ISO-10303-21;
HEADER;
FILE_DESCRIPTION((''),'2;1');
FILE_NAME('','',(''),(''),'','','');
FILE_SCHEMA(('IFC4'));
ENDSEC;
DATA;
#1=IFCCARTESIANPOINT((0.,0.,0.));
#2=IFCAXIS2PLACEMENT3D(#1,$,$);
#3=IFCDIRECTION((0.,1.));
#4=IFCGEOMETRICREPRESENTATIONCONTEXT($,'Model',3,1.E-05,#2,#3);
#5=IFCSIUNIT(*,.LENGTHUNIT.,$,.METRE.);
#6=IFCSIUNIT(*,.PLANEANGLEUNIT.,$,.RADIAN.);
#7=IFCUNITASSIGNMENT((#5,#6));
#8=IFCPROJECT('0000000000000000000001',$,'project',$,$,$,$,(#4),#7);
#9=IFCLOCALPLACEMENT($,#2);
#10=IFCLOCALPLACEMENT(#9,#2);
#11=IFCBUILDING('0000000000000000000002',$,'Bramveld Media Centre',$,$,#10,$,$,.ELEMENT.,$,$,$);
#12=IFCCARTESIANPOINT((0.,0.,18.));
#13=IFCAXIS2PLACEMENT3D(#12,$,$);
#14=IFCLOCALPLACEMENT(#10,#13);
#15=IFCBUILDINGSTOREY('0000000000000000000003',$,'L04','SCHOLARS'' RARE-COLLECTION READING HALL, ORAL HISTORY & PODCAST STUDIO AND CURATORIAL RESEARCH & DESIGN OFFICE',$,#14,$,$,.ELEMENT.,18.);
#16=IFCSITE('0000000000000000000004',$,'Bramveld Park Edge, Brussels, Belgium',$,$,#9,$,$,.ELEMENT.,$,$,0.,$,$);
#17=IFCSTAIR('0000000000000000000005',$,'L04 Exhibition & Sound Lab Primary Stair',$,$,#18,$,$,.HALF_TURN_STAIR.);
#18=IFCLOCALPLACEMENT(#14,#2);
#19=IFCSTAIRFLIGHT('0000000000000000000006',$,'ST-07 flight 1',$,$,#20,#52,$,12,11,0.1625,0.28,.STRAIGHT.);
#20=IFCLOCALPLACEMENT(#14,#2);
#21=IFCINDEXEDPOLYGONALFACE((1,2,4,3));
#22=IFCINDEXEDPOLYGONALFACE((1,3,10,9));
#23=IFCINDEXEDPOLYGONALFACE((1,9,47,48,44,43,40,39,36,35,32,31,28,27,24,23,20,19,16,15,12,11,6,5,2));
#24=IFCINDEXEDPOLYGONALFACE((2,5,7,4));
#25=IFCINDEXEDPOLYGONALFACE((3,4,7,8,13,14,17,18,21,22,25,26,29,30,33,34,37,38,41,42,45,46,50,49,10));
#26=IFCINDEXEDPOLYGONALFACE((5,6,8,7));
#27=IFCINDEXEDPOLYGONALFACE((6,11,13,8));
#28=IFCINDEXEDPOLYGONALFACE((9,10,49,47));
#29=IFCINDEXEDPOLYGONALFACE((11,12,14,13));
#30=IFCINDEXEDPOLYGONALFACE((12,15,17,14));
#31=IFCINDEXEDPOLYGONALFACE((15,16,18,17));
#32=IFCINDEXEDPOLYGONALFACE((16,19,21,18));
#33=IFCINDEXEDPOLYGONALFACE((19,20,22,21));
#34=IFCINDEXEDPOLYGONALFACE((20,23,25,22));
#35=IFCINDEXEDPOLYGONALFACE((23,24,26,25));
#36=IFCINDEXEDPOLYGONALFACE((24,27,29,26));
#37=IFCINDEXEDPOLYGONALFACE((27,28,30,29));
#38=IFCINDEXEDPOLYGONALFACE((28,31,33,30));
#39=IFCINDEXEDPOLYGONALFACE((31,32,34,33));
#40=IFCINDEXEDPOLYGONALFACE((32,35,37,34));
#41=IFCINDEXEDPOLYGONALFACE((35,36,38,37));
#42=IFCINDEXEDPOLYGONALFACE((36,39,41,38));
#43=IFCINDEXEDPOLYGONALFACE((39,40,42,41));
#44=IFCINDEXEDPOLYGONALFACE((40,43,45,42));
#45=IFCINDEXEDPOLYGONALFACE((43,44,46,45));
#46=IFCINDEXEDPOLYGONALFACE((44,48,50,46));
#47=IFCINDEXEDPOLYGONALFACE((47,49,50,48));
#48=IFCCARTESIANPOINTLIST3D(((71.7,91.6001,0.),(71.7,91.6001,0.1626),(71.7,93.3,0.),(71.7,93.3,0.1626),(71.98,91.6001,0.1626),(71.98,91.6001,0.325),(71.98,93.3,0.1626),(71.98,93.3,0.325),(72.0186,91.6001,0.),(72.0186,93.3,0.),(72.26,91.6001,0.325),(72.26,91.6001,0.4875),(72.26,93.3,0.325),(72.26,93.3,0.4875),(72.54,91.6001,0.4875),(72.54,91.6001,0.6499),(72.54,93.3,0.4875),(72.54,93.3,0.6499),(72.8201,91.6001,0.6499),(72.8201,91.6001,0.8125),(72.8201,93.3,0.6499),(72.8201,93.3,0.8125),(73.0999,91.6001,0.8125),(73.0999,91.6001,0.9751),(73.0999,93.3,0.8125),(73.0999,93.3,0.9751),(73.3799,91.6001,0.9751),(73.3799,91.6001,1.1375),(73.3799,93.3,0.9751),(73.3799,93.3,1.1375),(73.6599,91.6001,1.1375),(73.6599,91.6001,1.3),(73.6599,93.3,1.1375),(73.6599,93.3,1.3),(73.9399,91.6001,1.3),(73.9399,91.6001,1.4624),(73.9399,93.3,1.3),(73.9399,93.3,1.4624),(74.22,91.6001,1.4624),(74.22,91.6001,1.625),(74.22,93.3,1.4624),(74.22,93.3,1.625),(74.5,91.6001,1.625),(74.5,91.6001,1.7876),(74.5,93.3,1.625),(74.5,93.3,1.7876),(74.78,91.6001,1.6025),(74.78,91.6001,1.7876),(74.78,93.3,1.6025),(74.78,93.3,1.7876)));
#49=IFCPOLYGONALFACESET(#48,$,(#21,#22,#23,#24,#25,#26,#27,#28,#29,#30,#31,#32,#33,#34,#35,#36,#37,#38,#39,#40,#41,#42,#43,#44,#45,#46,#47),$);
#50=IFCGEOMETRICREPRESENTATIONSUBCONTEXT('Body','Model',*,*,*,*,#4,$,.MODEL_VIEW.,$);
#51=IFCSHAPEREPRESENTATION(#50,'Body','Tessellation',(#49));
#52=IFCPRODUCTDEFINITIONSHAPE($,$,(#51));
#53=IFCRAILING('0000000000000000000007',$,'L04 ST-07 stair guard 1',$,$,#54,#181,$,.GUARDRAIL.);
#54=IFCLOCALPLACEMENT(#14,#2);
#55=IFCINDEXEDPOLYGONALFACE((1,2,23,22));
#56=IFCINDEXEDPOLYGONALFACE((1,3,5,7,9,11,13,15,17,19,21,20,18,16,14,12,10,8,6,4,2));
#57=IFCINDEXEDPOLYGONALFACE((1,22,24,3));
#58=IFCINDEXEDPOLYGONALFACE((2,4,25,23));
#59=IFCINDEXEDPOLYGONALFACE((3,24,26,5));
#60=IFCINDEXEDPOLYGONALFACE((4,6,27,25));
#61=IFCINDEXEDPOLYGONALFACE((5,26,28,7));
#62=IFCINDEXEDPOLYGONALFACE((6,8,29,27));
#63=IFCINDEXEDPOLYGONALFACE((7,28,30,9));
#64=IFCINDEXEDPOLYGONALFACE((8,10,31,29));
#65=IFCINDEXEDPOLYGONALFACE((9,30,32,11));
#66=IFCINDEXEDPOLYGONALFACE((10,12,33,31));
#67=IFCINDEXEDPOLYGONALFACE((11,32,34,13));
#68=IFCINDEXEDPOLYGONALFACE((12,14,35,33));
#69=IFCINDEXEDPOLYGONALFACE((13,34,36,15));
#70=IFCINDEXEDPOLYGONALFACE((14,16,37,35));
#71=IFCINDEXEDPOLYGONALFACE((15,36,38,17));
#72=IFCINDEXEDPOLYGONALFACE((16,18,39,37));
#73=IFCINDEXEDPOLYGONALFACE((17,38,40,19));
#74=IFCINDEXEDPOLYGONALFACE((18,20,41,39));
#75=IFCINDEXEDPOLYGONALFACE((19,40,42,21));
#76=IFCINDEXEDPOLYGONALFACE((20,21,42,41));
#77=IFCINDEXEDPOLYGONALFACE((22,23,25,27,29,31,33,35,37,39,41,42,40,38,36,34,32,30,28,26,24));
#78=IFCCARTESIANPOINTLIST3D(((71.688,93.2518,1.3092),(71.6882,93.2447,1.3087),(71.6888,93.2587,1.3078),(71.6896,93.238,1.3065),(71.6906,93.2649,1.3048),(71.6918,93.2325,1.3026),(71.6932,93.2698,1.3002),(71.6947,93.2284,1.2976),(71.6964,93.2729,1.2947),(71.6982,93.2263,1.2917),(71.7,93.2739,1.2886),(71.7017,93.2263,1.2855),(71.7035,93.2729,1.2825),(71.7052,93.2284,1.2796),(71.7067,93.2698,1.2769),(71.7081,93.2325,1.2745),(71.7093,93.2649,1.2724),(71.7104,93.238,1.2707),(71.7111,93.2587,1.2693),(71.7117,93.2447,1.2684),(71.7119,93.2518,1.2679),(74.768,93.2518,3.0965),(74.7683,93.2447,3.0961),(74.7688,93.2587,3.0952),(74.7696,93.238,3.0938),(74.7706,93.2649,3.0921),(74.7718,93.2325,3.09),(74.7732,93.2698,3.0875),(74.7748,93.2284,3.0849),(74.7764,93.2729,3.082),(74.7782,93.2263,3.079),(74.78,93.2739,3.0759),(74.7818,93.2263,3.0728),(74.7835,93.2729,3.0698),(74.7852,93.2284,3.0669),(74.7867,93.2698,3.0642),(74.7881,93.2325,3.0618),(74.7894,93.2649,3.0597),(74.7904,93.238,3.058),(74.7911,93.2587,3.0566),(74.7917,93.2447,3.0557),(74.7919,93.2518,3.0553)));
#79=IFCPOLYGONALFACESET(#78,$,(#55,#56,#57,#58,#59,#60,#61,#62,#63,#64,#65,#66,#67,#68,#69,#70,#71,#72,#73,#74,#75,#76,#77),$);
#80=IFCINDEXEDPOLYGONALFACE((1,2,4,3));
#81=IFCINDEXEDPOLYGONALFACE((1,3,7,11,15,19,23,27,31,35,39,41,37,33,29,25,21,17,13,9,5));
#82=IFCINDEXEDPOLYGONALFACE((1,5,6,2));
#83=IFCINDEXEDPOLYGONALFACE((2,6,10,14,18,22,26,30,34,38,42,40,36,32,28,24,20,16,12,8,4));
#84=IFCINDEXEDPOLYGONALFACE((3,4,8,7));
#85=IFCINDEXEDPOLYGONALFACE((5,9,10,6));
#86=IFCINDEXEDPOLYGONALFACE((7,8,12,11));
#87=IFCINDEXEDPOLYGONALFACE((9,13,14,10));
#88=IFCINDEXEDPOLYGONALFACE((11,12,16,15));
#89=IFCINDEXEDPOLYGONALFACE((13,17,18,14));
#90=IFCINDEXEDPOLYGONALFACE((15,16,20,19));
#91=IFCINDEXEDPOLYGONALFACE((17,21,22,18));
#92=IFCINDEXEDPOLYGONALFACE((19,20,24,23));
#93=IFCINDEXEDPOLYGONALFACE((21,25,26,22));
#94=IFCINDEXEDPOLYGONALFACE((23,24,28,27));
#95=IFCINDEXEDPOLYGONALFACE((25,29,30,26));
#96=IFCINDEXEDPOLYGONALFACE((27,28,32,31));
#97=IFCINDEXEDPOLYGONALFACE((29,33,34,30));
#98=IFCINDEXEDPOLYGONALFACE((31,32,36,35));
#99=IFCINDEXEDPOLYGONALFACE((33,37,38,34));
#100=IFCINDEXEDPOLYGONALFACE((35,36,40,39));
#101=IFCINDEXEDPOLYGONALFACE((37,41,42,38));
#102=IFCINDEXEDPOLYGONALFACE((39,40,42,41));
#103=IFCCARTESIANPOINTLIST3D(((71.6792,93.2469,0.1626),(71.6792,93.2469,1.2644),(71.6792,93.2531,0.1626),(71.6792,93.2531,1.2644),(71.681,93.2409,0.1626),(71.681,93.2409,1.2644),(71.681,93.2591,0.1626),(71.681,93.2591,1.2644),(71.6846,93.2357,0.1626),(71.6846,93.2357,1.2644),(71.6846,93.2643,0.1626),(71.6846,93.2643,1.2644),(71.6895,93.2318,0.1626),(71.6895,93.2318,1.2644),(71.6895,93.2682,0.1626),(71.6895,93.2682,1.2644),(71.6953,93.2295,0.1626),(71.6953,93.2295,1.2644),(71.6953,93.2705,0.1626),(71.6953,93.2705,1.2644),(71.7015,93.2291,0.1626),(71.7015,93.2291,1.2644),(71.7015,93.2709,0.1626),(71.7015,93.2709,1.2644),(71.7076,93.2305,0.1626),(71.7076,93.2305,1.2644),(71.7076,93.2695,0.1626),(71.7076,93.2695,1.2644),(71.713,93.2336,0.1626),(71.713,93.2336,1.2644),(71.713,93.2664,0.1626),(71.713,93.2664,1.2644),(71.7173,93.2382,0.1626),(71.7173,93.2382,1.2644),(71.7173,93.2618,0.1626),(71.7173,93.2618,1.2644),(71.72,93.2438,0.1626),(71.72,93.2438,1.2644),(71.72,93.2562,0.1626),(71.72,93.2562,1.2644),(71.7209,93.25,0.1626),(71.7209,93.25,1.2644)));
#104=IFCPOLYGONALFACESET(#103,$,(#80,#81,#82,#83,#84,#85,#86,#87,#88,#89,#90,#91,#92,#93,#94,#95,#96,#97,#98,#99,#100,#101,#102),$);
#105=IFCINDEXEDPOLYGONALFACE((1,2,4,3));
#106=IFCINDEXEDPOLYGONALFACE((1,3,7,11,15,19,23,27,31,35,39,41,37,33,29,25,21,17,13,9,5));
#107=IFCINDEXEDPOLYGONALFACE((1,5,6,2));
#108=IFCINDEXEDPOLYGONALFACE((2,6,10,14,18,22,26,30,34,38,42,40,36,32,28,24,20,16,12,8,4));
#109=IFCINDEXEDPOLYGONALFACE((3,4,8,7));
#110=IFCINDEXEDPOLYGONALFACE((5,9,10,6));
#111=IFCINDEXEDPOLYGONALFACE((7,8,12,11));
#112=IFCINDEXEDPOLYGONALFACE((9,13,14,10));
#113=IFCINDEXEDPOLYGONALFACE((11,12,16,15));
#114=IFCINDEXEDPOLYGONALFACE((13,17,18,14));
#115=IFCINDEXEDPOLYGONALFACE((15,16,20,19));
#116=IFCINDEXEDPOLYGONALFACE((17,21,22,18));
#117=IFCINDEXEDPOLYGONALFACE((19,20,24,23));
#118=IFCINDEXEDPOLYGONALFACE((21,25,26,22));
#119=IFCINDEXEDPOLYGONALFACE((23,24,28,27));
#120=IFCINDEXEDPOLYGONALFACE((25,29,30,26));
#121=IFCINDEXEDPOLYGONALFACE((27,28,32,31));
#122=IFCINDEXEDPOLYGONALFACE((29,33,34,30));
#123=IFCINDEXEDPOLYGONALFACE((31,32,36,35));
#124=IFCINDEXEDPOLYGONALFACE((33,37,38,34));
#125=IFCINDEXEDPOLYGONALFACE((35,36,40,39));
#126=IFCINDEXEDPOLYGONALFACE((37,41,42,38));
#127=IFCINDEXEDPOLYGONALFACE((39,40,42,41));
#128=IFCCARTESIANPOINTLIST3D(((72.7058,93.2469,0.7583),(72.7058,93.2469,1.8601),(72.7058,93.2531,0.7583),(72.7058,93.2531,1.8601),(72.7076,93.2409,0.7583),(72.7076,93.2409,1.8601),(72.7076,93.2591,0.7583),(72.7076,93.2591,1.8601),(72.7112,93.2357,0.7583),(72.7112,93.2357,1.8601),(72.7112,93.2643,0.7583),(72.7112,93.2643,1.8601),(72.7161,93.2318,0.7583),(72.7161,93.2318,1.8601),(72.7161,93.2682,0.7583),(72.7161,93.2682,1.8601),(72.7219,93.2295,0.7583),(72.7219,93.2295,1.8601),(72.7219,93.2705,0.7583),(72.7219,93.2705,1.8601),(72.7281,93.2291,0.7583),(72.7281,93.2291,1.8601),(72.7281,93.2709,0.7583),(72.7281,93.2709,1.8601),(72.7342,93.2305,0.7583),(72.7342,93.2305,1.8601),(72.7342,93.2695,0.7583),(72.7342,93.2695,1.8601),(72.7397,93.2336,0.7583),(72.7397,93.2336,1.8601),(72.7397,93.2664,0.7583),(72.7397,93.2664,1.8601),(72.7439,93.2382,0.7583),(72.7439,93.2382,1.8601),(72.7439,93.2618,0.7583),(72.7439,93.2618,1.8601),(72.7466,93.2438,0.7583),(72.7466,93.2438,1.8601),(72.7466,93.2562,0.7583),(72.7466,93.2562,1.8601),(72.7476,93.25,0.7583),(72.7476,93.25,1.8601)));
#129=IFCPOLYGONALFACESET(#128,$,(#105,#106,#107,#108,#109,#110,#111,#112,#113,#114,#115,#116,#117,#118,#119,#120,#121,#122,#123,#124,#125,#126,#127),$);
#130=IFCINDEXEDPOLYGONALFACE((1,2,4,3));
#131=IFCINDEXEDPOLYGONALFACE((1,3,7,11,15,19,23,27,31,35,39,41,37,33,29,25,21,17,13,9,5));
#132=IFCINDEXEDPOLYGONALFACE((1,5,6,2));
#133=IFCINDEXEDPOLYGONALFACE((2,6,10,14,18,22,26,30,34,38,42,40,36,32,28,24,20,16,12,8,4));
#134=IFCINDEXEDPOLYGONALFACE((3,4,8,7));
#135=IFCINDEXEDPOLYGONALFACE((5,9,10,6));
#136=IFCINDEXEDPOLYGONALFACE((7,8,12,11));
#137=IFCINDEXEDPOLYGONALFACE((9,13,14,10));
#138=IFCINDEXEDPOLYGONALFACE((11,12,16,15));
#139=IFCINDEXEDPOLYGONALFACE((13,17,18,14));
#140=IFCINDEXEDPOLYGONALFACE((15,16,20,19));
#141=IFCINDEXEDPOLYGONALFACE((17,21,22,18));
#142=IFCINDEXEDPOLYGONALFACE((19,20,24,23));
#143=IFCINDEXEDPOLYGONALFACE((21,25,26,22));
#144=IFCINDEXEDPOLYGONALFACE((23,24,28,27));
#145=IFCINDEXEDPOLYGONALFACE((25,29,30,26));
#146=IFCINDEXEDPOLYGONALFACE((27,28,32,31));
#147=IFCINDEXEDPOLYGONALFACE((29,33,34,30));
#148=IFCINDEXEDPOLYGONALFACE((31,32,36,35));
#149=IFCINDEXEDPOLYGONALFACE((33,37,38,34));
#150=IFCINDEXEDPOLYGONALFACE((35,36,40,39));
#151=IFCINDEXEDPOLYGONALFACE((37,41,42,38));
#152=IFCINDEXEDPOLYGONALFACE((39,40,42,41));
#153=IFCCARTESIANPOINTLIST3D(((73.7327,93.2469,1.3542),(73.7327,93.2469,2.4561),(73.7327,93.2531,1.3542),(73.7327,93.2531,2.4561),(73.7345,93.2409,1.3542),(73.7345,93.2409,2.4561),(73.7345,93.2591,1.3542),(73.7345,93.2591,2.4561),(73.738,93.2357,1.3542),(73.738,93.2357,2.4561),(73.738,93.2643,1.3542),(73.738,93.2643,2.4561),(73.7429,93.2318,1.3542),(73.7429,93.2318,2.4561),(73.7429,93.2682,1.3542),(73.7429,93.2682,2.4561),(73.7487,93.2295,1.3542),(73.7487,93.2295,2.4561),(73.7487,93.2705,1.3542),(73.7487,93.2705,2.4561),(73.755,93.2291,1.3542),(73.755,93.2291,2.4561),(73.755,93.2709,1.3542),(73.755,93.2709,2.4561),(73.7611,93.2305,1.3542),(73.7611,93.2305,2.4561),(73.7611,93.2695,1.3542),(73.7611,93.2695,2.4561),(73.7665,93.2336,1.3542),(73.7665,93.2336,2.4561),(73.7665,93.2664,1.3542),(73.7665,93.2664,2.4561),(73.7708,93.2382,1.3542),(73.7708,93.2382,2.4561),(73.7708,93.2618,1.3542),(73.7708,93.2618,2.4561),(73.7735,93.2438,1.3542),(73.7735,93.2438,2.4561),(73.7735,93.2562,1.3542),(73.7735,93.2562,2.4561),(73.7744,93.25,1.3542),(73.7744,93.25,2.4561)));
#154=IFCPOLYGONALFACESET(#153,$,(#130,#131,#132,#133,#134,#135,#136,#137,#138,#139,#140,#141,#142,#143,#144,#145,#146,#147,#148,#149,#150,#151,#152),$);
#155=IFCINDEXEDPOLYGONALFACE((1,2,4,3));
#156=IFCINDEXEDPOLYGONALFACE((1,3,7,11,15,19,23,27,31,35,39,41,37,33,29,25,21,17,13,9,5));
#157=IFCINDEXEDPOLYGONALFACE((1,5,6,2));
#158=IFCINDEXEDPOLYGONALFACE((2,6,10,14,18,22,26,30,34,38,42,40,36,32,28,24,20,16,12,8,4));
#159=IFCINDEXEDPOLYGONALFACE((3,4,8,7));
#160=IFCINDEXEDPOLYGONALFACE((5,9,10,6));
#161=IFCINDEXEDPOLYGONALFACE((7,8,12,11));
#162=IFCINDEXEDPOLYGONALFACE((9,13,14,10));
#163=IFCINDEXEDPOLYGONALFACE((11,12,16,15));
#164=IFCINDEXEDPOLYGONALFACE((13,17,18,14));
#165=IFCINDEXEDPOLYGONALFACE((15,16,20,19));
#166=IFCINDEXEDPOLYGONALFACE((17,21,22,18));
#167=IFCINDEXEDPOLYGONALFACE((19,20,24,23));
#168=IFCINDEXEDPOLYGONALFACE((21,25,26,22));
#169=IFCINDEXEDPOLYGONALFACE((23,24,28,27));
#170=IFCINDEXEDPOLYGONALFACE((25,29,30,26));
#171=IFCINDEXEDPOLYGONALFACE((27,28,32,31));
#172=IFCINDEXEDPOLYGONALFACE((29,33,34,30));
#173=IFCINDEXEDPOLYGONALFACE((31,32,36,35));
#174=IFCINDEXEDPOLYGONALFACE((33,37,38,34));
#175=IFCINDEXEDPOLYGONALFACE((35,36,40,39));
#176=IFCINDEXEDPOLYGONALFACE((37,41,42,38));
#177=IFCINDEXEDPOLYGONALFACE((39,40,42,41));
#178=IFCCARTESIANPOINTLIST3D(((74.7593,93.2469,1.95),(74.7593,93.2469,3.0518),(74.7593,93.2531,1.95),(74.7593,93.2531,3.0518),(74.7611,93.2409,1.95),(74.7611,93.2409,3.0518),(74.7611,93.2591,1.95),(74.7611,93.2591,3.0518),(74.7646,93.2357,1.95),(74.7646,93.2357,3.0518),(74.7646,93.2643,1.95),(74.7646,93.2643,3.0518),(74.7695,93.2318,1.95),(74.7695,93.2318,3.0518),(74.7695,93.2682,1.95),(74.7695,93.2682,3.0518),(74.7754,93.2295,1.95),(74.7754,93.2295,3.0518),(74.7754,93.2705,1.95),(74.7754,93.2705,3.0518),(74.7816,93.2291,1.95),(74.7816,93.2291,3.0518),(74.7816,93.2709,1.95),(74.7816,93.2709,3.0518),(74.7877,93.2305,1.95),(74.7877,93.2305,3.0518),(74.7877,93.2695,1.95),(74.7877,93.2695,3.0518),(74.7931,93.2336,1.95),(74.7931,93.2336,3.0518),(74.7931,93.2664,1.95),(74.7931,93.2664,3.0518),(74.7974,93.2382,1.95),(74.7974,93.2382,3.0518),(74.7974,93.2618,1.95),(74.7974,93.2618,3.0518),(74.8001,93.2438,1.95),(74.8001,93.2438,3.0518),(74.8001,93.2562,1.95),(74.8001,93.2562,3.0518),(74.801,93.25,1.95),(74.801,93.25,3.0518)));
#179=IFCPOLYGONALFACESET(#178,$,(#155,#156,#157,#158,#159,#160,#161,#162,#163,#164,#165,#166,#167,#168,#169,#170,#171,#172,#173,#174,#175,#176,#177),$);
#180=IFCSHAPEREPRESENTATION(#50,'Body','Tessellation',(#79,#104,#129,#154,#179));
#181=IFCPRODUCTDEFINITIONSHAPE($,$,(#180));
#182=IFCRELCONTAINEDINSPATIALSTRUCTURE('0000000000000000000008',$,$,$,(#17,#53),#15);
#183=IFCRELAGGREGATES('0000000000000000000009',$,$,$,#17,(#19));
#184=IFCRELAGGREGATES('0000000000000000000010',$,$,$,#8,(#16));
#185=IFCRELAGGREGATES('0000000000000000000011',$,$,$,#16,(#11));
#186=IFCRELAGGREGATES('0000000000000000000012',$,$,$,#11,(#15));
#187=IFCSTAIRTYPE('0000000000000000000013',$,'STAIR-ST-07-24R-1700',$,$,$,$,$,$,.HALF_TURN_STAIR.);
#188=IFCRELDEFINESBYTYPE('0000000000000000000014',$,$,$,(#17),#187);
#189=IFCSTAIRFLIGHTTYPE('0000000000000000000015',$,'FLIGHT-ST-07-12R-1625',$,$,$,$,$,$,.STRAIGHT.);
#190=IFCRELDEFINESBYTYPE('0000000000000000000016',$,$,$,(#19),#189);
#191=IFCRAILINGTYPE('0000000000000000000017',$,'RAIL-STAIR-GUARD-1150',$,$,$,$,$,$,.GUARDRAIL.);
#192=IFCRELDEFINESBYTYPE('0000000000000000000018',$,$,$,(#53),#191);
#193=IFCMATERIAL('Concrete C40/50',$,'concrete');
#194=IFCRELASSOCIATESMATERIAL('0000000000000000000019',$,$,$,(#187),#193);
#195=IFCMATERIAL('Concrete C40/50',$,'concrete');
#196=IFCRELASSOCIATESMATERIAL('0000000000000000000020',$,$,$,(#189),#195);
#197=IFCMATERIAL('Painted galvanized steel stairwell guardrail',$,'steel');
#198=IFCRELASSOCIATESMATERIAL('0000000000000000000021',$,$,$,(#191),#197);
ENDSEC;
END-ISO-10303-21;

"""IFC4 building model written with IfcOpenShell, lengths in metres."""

from ifc_helpers import new_model, si_unit, direction, frame, origin, origin_2d, place, context, subcontext, project, spatial, polyline, circle, outline, extrude, material, type_object, element, aggregate, save


model = new_model("IFC4")

# Units and contexts
model_context = context("Model", 3, precision=1e-05, world=origin(), true_north=direction((0.0, 1.0)))
body_context = subcontext(model_context, "Body", "Model", "MODEL_VIEW")
ifc_project = project(units=[si_unit("LENGTHUNIT", "METRE"), si_unit("PLANEANGLEUNIT", "RADIAN")], contexts=[model_context])

# Site, building, storey
site_placement = place(None, origin())
site = spatial("IfcSite", under=ifc_project, at=site_placement, Name="Bramveld Park Edge, Brussels, Belgium", CompositionType="ELEMENT", RefElevation=0.0)
building_placement = place(site_placement, origin())
building = spatial("IfcBuilding", under=site, at=building_placement, Name="Bramveld Media Centre", CompositionType="ELEMENT")
storey_placement = place(building_placement, frame((0.0, 0.0, 18.0)))
storey = spatial("IfcBuildingStorey", under=building, at=storey_placement, Name="L04", Description="SCHOLARS' RARE-COLLECTION READING HALL, ORAL HISTORY & PODCAST STUDIO AND CURATORIAL RESEARCH & DESIGN OFFICE", CompositionType="ELEMENT", Elevation=18.0)

# Stair, stair flight
ifc_material_1 = material(Name="Concrete C40/50", Category="concrete")
stair_type = type_object("IfcStairType", Name="STAIR-ST-07-24R-1700", PredefinedType="HALF_TURN_STAIR", material=ifc_material_1)
stair_placement = place(storey_placement, origin())
stair = element("IfcStair", 1, at=stair_placement, inside=storey, type_object=stair_type, Name="L04 Exhibition & Sound Lab Primary Stair", PredefinedType="HALF_TURN_STAIR")
ifc_material_2 = material(Name="Concrete C40/50", Category="concrete")
stair_flight_type = type_object("IfcStairFlightType", Name="FLIGHT-ST-07-12R-1625", PredefinedType="STRAIGHT", material=ifc_material_2)
stair_flight_placement = place(storey_placement, frame((71.7, 92.45, 0.0), z_axis=(0.0, 0.0, 1.0), x_axis=(1.0, 0.0, 0.0)))
stair_flight = element("IfcStairFlight", 2, at=stair_flight_placement, type_object=stair_flight_type, Name="ST-07 flight 1", NumberOfRisers=12, NumberOfTreads=11, PredefinedType="STRAIGHT", RiserHeight=0.1625, TreadLength=0.28, context=body_context, shape_type="SweptSolid", body=[
    extrude(outline(polyline([(0.0, 0.0), (0.0, 0.1626), (0.28, 0.1626), (0.28, 0.325), (0.5601, 0.325), (0.5601, 0.4875), (0.8401, 0.4875), (0.8401, 0.6499), (1.1201, 0.6499), (1.1201, 0.8125), (1.3999, 0.8125), (1.3999, 0.9751), (1.6799, 0.9751), (1.6799, 1.1375), (1.96, 1.1375), (1.96, 1.3), (2.24, 1.3), (2.24, 1.4624), (2.52, 1.4624), (2.52, 1.625), (2.8, 1.625), (2.8, 1.7876), (3.0801, 1.7876), (3.0801, 1.95), (3.0801, 1.6025), (0.3186, 0.0), (0.0, 0.0)])), frame((0.0, 0.8501, 0.0), z_axis=(0.0, -1.0, 0.0), x_axis=(1.0, 0.0, 0.0)), (0.0, 0.0, 1.0), 1.7),
])
aggregate(stair, [stair_flight])

# Railing
ifc_material_3 = material(Name="Painted galvanized steel stairwell guardrail", Category="steel")
railing_type_1 = type_object("IfcRailingType", Name="RAIL-STAIR-GUARD-1150", PredefinedType="GUARDRAIL", material=ifc_material_3)
railing_1_placement = place(storey_placement, frame((71.7, 93.25, 0.1626)))
element("IfcRailing", 3, at=railing_1_placement, inside=storey, type_object=railing_type_1, Name="L04 ST-07 stair guard 1", PredefinedType="GUARDRAIL", context=body_context, shape_type="SweptSolid", body=[
    extrude(circle(Radius=0.0239, at=origin_2d()), frame((0.0, 0.0, 1.126), z_axis=(0.86492, 0.0, 0.501909), x_axis=(0.0, 1.0, 0.0)), (0.0, 0.0, 1.0), 3.561),
    extrude(circle(Radius=0.021, at=origin_2d()), origin(), (0.0, 0.0, 1.0), 1.1018),
    extrude(circle(Radius=0.021, at=origin_2d()), frame((1.0266, 0.0, 0.5957)), (0.0, 0.0, 1.0), 1.1018),
    extrude(circle(Radius=0.021, at=origin_2d()), frame((2.0535, 0.0, 1.1917)), (0.0, 0.0, 1.0), 1.1018),
    extrude(circle(Radius=0.021, at=origin_2d()), frame((3.0801, 0.0, 1.7874)), (0.0, 0.0, 1.0), 1.1018),
])

save(model, "model.ifc")
